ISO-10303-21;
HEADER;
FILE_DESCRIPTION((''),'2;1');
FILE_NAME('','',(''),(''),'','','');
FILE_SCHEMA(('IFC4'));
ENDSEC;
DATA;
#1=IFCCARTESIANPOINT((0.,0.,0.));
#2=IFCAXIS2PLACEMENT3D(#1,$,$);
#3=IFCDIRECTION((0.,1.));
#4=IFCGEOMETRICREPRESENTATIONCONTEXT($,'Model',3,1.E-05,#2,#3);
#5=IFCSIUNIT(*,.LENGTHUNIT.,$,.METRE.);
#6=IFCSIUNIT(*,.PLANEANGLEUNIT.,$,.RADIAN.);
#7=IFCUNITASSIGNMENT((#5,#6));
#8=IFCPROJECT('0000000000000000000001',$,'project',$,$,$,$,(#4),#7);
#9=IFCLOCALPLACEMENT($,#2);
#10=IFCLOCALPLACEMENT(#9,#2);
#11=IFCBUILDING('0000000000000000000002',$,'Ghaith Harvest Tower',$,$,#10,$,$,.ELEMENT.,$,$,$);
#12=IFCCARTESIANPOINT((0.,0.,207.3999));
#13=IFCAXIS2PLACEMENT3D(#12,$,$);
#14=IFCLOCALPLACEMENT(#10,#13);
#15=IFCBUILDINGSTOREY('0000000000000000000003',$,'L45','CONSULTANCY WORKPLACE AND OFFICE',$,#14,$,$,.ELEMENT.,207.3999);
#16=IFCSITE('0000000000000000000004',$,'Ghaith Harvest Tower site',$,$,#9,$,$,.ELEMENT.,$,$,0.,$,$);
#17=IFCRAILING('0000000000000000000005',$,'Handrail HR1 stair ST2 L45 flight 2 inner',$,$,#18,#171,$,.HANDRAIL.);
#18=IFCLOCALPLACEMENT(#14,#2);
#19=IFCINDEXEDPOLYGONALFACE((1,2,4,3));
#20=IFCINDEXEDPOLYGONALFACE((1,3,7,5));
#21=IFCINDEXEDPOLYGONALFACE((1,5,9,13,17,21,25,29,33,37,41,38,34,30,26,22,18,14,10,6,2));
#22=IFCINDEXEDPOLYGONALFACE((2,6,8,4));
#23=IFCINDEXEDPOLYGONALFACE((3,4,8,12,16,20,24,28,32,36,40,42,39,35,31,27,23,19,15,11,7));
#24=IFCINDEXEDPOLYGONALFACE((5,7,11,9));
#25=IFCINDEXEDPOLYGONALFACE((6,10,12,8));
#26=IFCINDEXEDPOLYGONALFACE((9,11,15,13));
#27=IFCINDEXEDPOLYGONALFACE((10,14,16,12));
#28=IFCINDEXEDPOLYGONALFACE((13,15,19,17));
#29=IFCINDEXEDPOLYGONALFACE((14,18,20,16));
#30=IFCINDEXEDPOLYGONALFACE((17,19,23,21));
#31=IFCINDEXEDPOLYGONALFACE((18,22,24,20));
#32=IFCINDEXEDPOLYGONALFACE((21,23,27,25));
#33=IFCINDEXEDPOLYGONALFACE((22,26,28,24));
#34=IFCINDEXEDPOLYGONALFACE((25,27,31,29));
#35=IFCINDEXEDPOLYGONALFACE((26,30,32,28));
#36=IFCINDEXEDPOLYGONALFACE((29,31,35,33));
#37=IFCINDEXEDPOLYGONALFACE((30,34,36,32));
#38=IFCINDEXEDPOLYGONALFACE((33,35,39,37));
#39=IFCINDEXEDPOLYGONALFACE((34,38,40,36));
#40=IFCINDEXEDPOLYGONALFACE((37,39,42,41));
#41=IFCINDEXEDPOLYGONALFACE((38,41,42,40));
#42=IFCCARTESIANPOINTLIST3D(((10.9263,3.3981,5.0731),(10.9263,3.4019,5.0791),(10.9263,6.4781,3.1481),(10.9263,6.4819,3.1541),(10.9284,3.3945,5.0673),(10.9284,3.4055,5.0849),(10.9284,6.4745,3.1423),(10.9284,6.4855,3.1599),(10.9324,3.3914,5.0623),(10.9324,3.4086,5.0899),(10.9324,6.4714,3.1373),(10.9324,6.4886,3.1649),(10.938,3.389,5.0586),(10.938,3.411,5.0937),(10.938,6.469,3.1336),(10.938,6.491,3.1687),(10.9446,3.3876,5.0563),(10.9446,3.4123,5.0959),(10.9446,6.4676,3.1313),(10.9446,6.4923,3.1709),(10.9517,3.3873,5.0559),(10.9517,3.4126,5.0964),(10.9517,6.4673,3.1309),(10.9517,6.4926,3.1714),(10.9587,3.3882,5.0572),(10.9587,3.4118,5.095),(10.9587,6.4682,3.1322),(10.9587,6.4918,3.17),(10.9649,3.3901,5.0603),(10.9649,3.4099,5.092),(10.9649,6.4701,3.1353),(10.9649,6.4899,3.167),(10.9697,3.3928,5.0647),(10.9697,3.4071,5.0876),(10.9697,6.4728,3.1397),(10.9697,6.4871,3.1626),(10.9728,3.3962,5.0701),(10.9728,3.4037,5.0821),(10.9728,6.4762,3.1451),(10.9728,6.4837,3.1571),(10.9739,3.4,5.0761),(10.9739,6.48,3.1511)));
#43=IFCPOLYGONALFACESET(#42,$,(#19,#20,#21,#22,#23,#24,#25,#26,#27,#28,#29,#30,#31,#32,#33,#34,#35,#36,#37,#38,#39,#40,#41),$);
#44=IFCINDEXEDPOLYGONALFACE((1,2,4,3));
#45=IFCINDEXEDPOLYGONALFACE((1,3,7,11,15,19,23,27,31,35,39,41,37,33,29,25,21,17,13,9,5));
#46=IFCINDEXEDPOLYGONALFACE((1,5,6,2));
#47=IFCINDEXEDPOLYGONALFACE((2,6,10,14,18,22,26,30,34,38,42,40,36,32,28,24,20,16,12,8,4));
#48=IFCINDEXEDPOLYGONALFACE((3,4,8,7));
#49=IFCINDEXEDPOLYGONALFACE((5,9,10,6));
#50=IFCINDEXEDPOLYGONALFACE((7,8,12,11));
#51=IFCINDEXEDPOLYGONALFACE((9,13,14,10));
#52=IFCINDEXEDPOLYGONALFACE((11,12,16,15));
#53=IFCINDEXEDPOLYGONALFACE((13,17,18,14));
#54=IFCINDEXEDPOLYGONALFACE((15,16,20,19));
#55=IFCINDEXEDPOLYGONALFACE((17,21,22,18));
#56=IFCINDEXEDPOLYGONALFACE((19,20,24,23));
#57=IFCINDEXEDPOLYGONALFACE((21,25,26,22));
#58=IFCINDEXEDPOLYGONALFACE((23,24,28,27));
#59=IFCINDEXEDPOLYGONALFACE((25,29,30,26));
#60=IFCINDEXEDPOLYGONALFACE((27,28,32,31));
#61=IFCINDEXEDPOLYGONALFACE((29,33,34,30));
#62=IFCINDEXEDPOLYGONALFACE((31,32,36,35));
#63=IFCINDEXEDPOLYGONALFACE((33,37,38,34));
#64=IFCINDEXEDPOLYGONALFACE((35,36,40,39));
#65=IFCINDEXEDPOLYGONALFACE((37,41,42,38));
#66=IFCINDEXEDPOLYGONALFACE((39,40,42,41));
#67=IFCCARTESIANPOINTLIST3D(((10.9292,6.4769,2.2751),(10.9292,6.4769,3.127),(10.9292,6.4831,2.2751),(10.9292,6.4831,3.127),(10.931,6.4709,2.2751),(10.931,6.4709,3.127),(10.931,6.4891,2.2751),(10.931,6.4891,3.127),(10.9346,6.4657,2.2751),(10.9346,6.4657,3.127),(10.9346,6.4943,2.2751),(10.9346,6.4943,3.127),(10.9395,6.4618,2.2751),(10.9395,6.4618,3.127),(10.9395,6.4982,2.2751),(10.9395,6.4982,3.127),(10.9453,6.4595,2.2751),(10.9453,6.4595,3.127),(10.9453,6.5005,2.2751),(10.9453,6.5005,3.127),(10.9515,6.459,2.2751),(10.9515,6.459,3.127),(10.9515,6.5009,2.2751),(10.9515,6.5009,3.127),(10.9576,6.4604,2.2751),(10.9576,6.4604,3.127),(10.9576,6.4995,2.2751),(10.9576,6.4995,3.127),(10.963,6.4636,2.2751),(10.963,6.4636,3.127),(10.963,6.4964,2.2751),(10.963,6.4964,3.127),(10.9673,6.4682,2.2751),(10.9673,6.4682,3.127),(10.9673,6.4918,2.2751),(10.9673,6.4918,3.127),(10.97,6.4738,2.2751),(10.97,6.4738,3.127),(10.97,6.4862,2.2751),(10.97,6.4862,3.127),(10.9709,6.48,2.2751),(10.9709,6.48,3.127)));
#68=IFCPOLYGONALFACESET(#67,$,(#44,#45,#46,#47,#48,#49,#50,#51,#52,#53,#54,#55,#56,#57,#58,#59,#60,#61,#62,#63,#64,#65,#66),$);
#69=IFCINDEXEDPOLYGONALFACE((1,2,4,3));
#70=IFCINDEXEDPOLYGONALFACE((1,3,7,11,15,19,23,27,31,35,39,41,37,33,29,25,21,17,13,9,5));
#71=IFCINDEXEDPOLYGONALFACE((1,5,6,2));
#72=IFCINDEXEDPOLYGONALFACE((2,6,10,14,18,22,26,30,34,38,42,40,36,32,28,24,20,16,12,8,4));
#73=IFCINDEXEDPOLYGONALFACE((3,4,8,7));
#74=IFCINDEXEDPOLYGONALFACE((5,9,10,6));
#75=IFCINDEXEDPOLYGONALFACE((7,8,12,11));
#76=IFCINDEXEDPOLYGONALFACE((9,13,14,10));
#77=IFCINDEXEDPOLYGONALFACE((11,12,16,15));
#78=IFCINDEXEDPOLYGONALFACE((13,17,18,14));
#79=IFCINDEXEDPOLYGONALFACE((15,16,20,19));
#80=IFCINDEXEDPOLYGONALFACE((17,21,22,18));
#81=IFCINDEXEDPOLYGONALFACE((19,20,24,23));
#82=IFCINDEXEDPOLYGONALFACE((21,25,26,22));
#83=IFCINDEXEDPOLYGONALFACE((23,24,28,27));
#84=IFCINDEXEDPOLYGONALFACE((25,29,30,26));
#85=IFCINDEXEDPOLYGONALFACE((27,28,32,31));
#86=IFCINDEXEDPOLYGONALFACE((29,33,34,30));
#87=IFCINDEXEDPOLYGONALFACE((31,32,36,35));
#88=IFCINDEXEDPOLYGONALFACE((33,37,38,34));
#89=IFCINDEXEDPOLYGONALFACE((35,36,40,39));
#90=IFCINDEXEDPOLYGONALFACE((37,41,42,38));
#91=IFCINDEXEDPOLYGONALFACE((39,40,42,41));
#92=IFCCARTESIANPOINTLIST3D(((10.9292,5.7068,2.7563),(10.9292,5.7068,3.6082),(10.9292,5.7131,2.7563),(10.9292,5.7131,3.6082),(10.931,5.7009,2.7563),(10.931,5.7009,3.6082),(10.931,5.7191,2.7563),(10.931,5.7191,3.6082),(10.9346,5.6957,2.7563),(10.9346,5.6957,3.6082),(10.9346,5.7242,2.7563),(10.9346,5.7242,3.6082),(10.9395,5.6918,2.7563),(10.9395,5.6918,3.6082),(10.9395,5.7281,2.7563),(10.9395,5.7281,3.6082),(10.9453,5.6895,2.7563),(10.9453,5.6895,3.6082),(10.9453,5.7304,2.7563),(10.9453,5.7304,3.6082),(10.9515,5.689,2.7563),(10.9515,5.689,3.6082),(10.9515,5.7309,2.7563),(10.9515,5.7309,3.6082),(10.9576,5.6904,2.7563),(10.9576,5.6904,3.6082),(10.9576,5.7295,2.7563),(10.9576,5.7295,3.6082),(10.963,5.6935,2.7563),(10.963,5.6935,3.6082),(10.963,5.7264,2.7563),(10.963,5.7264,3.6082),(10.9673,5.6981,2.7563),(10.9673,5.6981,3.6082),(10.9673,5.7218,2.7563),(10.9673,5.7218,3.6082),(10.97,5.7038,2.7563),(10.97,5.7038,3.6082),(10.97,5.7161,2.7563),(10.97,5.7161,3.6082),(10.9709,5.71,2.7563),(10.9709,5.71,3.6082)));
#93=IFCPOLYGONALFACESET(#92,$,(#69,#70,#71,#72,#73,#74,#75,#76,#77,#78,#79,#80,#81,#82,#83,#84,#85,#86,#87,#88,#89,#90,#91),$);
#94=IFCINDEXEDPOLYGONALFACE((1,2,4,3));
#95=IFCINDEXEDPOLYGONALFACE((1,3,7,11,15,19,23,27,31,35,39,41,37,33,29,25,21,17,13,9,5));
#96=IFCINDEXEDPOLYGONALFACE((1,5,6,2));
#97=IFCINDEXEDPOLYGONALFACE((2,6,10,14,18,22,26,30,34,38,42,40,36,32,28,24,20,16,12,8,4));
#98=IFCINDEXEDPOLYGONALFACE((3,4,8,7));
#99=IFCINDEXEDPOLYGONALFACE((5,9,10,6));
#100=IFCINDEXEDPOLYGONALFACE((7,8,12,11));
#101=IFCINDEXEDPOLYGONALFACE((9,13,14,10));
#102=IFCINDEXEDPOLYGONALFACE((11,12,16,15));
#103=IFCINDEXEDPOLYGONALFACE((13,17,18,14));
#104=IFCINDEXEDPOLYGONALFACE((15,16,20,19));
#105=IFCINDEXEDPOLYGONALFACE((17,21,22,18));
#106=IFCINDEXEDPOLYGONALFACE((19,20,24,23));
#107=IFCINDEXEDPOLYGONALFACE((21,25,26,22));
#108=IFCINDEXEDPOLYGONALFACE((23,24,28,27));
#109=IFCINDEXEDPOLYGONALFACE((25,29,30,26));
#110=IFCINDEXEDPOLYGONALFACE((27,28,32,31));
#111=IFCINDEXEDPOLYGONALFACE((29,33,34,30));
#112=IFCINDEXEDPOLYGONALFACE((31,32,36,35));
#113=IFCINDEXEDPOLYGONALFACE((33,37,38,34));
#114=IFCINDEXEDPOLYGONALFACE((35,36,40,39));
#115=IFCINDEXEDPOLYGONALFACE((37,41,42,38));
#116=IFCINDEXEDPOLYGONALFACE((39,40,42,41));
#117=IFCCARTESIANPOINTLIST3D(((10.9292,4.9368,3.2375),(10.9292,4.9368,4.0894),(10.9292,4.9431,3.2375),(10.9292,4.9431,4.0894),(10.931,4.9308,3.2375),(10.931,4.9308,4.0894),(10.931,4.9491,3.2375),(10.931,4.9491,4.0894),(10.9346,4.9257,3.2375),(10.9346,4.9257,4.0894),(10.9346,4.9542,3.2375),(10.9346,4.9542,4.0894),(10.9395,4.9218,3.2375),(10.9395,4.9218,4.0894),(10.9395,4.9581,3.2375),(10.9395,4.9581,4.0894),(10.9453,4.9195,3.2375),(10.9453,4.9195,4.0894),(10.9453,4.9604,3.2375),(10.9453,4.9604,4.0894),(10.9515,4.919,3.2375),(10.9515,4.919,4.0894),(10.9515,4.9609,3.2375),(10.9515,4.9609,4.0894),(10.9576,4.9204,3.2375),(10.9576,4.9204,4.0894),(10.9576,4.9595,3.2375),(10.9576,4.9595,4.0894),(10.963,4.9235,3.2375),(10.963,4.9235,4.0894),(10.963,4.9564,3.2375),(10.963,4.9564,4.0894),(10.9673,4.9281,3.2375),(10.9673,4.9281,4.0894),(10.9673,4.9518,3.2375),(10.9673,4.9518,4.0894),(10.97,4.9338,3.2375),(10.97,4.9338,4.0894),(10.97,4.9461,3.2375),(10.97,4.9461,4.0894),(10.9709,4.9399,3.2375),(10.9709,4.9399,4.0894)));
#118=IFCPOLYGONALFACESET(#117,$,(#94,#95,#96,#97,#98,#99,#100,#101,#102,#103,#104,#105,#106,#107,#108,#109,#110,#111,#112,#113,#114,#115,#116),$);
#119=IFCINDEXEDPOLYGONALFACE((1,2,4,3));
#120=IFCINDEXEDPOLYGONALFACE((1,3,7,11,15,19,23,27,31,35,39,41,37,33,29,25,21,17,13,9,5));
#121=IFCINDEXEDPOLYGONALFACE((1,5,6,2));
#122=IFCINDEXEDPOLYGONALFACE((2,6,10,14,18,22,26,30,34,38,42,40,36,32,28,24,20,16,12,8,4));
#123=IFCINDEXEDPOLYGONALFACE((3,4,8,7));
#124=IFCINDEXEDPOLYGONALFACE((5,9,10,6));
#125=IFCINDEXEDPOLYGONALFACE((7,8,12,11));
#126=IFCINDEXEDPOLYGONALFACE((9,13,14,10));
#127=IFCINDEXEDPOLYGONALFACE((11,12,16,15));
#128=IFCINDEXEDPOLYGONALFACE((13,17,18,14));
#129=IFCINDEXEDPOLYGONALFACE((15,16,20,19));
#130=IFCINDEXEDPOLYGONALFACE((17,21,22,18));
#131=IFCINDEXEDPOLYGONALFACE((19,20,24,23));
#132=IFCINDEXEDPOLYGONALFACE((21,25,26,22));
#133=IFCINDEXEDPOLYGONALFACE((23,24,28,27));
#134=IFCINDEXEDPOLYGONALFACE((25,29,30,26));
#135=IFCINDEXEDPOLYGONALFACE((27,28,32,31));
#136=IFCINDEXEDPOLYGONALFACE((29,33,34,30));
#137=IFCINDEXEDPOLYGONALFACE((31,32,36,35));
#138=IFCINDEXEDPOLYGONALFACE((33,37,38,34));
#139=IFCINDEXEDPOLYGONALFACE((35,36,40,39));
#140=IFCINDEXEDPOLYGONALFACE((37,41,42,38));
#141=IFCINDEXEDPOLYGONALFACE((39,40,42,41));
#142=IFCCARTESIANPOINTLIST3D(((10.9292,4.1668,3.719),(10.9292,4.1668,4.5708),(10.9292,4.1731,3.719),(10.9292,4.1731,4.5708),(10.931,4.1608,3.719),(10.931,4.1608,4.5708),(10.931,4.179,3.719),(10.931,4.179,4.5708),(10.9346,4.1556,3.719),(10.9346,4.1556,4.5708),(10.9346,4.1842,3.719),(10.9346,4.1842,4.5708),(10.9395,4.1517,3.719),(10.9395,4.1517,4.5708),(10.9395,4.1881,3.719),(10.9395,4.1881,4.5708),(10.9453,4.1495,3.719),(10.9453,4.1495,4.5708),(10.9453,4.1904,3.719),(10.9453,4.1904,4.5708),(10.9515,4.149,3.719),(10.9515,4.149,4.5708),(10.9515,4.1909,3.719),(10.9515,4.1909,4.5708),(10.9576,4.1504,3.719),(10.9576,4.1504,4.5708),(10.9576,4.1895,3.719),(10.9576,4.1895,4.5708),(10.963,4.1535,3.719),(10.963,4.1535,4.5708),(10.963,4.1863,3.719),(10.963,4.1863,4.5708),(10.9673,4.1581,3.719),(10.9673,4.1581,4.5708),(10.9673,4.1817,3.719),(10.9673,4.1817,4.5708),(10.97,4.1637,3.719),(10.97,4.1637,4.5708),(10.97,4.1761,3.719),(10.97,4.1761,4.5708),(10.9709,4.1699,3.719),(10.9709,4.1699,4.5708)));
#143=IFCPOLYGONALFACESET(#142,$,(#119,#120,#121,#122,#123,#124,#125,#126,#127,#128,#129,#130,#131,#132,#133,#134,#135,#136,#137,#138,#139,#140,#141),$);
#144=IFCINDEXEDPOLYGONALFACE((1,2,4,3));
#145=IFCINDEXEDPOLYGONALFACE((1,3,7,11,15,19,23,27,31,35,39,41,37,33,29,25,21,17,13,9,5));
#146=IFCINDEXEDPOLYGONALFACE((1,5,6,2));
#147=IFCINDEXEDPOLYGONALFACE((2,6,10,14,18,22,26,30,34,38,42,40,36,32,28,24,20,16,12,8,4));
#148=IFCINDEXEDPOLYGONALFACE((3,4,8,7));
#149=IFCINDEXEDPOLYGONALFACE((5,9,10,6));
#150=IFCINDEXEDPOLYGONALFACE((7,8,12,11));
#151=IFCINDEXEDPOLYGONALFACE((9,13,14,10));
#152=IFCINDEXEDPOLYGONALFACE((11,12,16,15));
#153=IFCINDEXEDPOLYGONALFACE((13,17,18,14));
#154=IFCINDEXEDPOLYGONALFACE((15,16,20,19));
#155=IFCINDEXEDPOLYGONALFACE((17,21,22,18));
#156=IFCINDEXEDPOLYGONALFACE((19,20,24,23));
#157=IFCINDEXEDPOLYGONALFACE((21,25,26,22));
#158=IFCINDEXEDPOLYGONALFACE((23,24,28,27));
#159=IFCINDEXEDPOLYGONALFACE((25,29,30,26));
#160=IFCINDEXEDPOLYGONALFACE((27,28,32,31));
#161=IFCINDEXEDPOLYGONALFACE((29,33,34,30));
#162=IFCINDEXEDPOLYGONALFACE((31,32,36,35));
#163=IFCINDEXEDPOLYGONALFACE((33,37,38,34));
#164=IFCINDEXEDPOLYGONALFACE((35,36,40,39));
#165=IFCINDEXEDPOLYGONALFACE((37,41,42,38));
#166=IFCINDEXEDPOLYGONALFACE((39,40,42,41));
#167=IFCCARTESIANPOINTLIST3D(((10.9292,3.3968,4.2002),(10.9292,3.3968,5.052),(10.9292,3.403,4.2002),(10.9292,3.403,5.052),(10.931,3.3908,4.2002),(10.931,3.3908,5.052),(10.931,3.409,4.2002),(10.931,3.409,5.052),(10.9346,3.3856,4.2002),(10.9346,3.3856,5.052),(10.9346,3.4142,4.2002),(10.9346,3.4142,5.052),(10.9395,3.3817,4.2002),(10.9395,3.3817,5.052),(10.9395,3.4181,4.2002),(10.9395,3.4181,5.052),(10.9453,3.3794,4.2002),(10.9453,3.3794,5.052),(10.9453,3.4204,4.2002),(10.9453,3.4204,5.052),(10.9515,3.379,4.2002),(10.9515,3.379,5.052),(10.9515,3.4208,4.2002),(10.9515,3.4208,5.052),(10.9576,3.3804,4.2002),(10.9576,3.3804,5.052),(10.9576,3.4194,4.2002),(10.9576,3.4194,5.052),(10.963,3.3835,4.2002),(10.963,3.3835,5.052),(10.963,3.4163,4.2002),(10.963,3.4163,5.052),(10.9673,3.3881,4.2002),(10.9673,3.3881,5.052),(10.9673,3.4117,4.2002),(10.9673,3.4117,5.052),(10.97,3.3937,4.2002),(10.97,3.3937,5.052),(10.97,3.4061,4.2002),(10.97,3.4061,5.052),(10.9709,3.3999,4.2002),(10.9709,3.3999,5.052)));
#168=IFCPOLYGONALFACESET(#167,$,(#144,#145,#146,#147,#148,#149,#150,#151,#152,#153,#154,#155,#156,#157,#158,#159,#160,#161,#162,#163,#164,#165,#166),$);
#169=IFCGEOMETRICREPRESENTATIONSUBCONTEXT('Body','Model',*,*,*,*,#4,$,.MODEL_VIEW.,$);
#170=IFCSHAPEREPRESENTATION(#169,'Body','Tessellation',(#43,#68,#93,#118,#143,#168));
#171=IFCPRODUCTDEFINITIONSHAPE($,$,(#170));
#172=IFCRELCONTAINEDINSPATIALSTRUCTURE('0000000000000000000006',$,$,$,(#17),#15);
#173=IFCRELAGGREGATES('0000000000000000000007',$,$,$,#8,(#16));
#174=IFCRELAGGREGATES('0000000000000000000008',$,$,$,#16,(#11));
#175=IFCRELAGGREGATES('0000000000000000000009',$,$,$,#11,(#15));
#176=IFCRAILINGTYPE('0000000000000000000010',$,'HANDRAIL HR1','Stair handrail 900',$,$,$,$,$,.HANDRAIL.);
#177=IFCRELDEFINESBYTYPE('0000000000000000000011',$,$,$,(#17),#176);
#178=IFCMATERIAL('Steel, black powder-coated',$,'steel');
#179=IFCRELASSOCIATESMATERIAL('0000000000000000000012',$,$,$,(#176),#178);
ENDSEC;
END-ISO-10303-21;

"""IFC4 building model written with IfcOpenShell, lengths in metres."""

from ifc_helpers import new_model, si_unit, direction, frame, origin, origin_2d, place, context, subcontext, project, spatial, circle, extrude, material, type_object, element, save


model = new_model("IFC4")

# Units and contexts
model_context = context("Model", 3, precision=1e-05, world=origin(), true_north=direction((0.0, 1.0)))
body_context = subcontext(model_context, "Body", "Model", "MODEL_VIEW")
ifc_project = project(units=[si_unit("LENGTHUNIT", "METRE"), si_unit("PLANEANGLEUNIT", "RADIAN")], contexts=[model_context])

# Site, building, storey
site_placement = place(None, origin())
site = spatial("IfcSite", under=ifc_project, at=site_placement, Name="Ghaith Harvest Tower site", CompositionType="ELEMENT", RefElevation=0.0)
building_placement = place(site_placement, origin())
building = spatial("IfcBuilding", under=site, at=building_placement, Name="Ghaith Harvest Tower", CompositionType="ELEMENT")
storey_placement = place(building_placement, frame((0.0, 0.0, 207.3999)))
storey = spatial("IfcBuildingStorey", under=building, at=storey_placement, Name="L45", Description="CONSULTANCY WORKPLACE AND OFFICE", CompositionType="ELEMENT", Elevation=207.3999)

# Railing
ifc_material_1 = material(Name="Steel, black powder-coated", Category="steel")
railing_type = type_object("IfcRailingType", Name="HANDRAIL HR1", Description="Stair handrail 900", PredefinedType="HANDRAIL", material=ifc_material_1)
railing_1_placement = place(storey_placement, frame((10.95, 6.48, 2.2751)))
element("IfcRailing", 1, at=railing_1_placement, inside=storey, type_object=railing_type, Name="Handrail HR1 stair ST2 L45 flight 2 inner", PredefinedType="HANDRAIL", context=body_context, shape_type="SweptSolid", body=[
    extrude(circle(Radius=0.0239, at=origin_2d()), frame((0.0, 0.0, 0.876), z_axis=(0.0, -0.847998, 0.529999), x_axis=(1.0, 0.0, 0.0)), (0.0, 0.0, 1.0), 3.6321),
    extrude(circle(Radius=0.021, at=origin_2d()), origin(), (0.0, 0.0, 1.0), 0.8518),
    extrude(circle(Radius=0.021, at=origin_2d()), frame((0.0, -0.77, 0.4812)), (0.0, 0.0, 1.0), 0.8518),
    extrude(circle(Radius=0.021, at=origin_2d()), frame((0.0, -1.54, 0.9624)), (0.0, 0.0, 1.0), 0.8518),
    extrude(circle(Radius=0.021, at=origin_2d()), frame((0.0, -2.3101, 1.4438)), (0.0, 0.0, 1.0), 0.8518),
    extrude(circle(Radius=0.021, at=origin_2d()), frame((0.0, -3.0801, 1.925)), (0.0, 0.0, 1.0), 0.8518),
])

save(model, "model.ifc")
